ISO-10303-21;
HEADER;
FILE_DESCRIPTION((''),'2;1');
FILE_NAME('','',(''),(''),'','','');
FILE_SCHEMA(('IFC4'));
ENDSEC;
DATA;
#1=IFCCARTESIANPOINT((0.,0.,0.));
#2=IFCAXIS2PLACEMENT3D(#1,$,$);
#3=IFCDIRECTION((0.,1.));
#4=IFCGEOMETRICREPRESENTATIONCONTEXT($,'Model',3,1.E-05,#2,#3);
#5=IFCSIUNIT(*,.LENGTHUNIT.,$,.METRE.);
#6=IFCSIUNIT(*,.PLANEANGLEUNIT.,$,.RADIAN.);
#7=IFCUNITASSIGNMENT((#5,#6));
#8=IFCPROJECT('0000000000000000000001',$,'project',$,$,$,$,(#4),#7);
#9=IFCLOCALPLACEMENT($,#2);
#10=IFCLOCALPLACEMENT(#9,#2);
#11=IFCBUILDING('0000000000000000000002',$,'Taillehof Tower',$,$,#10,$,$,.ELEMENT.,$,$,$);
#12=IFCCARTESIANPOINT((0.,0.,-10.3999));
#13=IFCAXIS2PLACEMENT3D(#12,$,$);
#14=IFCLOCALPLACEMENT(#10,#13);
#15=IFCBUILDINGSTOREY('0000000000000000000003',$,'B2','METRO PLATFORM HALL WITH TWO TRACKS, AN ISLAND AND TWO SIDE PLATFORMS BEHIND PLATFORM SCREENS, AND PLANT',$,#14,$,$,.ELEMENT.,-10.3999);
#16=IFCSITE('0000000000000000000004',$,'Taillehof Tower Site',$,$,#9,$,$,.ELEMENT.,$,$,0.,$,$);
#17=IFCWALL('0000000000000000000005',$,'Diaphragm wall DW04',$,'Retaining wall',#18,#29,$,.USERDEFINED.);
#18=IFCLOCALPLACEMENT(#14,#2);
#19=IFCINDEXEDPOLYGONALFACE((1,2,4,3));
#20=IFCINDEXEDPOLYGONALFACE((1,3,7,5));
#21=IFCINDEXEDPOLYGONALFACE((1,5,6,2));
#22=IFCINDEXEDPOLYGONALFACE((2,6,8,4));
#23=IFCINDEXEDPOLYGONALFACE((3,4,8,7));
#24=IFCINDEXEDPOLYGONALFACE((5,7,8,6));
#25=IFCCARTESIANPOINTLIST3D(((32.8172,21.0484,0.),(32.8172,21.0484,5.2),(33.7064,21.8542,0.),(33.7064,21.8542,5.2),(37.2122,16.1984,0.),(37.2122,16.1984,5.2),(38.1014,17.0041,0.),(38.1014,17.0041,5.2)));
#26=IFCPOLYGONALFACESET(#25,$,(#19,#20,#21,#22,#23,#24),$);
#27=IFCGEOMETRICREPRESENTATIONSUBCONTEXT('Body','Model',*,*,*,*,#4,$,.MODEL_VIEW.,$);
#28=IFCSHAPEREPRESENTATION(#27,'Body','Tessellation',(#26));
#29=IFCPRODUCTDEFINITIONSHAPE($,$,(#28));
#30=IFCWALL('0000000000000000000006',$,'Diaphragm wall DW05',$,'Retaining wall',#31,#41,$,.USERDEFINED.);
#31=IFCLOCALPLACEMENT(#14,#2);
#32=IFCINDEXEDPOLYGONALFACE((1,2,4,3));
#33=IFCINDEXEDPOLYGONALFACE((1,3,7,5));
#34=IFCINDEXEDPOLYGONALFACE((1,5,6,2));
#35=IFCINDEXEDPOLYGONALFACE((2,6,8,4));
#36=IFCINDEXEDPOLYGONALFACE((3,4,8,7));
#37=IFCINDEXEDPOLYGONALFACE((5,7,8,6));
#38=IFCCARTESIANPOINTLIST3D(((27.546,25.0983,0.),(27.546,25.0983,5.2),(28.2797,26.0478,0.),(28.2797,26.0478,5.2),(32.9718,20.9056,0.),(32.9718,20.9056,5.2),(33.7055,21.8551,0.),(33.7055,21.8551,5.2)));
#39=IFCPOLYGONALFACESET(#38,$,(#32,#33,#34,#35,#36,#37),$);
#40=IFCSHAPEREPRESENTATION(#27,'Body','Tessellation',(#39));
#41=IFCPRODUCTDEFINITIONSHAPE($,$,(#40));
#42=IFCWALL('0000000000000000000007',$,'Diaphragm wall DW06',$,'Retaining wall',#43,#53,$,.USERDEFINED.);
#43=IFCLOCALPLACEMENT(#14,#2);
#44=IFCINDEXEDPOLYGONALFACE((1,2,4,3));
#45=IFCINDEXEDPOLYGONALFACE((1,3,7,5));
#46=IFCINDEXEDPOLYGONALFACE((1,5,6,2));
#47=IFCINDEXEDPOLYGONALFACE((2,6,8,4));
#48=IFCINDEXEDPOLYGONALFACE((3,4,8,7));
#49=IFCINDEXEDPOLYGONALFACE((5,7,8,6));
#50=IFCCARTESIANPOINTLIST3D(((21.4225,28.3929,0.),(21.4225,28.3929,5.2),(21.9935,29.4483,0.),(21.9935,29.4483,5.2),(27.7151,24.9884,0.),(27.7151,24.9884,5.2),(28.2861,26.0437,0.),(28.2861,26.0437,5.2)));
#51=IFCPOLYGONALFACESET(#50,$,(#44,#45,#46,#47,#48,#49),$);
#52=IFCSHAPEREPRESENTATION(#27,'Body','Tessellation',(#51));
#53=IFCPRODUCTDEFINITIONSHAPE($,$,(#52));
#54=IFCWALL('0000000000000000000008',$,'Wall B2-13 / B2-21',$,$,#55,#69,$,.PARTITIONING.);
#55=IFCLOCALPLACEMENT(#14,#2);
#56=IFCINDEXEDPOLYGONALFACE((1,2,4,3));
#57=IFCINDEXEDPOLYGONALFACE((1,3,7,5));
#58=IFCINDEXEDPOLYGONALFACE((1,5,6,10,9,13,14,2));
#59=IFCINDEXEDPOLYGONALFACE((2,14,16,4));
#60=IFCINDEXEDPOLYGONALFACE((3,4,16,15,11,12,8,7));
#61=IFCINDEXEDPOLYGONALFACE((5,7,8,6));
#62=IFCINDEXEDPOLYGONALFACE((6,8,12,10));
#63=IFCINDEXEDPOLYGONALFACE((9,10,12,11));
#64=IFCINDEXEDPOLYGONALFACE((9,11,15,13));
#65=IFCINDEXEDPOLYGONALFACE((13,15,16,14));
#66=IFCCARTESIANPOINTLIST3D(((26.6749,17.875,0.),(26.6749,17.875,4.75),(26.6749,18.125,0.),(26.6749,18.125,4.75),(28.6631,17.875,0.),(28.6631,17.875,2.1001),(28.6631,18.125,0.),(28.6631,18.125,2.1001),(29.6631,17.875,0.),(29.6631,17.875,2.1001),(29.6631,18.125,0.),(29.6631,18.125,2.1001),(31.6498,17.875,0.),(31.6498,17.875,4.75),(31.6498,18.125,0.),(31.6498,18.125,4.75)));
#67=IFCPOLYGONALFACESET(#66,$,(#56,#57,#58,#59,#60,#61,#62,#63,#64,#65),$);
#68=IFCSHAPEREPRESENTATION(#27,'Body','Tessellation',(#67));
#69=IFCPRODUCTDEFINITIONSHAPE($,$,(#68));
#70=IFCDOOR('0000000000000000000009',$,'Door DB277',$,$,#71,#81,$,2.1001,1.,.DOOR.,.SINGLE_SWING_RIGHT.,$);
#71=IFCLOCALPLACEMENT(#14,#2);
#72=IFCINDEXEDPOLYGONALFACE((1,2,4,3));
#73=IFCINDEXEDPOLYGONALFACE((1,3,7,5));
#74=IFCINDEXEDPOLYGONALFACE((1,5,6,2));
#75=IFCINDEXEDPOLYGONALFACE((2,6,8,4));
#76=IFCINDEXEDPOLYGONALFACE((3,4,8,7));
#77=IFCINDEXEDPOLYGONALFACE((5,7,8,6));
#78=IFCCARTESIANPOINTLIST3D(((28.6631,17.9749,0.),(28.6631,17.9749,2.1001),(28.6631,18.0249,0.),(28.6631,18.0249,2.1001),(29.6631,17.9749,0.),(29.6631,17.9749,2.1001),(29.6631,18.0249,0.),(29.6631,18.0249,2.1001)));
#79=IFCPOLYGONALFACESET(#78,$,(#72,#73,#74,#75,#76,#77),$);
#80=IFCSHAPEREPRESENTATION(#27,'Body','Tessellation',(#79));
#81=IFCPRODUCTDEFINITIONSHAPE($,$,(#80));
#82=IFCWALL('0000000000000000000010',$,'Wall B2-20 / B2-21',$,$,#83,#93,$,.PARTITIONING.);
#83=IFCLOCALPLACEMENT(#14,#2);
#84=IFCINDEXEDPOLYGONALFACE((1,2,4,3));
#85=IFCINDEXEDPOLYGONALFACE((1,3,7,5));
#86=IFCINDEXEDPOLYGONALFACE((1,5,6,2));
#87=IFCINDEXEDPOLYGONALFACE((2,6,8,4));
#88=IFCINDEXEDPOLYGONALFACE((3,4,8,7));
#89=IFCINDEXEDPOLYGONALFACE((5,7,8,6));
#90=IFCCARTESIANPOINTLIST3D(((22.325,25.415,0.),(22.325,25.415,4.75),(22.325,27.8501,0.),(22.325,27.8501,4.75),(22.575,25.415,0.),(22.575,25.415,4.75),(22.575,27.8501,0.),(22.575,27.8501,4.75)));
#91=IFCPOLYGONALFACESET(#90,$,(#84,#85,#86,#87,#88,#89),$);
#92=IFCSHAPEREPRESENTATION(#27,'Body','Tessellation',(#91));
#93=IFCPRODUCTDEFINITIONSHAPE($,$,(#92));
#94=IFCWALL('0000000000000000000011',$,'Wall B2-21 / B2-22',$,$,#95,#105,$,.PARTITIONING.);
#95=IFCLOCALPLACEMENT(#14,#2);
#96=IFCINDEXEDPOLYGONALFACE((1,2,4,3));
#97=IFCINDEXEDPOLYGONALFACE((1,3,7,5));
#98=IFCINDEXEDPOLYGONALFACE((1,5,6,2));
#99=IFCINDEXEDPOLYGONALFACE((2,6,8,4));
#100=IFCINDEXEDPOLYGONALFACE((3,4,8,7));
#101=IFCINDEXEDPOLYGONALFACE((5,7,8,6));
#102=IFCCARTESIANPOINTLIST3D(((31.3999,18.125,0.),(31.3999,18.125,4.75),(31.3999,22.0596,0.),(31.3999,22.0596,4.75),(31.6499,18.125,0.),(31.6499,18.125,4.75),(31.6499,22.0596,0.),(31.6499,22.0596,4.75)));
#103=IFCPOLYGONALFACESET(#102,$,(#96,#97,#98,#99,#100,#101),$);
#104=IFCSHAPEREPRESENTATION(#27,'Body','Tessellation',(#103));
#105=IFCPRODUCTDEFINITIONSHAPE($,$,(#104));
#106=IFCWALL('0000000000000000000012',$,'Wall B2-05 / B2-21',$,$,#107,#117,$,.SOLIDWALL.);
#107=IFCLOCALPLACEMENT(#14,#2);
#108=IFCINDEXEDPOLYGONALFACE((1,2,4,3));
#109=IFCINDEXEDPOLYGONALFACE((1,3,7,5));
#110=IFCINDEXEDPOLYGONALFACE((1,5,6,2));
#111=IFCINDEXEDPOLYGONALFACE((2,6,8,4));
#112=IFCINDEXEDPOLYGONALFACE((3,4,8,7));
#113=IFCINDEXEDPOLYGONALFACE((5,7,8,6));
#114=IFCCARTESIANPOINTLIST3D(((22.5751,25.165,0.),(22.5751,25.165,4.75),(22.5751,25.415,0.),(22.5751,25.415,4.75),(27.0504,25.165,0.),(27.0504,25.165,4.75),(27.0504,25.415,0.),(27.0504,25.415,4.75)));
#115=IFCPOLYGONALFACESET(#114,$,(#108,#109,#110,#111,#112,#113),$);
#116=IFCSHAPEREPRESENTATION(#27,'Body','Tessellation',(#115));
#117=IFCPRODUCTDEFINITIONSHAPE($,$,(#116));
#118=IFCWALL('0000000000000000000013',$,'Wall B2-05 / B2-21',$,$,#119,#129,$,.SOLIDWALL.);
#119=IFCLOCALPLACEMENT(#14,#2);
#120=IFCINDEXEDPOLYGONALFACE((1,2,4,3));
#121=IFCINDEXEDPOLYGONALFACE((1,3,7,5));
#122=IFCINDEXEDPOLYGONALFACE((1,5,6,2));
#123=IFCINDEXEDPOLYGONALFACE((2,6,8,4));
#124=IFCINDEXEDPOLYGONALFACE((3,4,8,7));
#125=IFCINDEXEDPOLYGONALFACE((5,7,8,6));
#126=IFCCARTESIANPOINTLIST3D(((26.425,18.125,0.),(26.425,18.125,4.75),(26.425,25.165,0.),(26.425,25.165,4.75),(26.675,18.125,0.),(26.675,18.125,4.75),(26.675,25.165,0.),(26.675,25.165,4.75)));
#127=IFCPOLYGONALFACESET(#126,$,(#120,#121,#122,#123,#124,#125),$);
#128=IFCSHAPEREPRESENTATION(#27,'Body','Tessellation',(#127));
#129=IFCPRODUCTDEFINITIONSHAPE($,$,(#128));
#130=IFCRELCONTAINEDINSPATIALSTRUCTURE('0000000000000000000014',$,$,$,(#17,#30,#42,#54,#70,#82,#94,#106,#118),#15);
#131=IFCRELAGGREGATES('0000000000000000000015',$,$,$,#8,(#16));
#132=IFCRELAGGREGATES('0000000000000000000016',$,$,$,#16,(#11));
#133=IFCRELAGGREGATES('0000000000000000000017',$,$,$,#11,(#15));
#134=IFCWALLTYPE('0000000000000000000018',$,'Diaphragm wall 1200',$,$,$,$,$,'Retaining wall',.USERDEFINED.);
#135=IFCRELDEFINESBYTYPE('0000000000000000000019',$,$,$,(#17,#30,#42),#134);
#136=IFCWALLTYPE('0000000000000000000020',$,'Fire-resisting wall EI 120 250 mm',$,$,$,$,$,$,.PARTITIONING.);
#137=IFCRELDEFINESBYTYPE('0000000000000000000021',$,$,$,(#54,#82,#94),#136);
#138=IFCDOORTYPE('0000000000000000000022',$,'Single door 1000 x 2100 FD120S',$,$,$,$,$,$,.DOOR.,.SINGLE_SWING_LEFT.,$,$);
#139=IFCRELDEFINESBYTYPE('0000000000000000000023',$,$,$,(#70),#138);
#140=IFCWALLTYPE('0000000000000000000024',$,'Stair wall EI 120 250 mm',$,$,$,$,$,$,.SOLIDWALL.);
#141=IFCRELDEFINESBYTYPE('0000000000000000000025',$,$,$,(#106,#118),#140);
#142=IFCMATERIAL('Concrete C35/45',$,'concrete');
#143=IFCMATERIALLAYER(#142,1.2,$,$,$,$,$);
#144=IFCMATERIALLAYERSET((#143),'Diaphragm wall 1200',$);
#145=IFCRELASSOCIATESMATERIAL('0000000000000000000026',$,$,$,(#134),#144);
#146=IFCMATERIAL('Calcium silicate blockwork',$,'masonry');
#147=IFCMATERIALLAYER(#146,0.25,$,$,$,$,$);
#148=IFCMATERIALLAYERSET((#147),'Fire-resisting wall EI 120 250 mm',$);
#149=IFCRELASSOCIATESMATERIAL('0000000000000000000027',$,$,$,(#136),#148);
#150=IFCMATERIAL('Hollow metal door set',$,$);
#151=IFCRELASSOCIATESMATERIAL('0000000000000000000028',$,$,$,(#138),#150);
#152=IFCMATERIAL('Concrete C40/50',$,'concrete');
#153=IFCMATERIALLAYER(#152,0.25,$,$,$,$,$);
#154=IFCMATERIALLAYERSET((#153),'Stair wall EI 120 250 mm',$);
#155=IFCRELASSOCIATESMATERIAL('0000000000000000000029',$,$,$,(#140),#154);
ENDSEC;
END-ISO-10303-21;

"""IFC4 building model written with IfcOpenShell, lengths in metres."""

from ifc_helpers import new_model, si_unit, direction, frame, frame_2d, origin, place, context, subcontext, project, spatial, rectangle, extrude, material, layer, layer_set, type_object, element, fill, save


model = new_model("IFC4")

# Units and contexts
model_context = context("Model", 3, precision=1e-05, world=origin(), true_north=direction((0.0, 1.0)))
body_context = subcontext(model_context, "Body", "Model", "MODEL_VIEW")
ifc_project = project(units=[si_unit("LENGTHUNIT", "METRE"), si_unit("PLANEANGLEUNIT", "RADIAN")], contexts=[model_context])

# Site, building, storey
site_placement = place(None, origin())
site = spatial("IfcSite", under=ifc_project, at=site_placement, Name="Taillehof Tower Site", CompositionType="ELEMENT", RefElevation=0.0)
building_placement = place(site_placement, origin())
building = spatial("IfcBuilding", under=site, at=building_placement, Name="Taillehof Tower", CompositionType="ELEMENT")
storey_placement = place(building_placement, frame((0.0, 0.0, -10.3999)))
storey = spatial("IfcBuildingStorey", under=building, at=storey_placement, Name="B2", Description="METRO PLATFORM HALL WITH TWO TRACKS, AN ISLAND AND TWO SIDE PLATFORMS BEHIND PLATFORM SCREENS, AND PLANT", CompositionType="ELEMENT", Elevation=-10.3999)

# Walls
ifc_material_1 = material(Name="Concrete C35/45", Category="concrete")
ifc_layer_1 = layer(ifc_material_1, 1.2)
ifc_layer_set_1 = layer_set([ifc_layer_1], Name="Diaphragm wall 1200")
wall_type_1 = type_object("IfcWallType", Name="Diaphragm wall 1200", ElementType="Retaining wall", PredefinedType="USERDEFINED", material=ifc_layer_set_1)
wall_1_placement = place(storey_placement, frame((37.6567, 16.6013, 0.0), z_axis=(0.0, 0.0, 1.0), x_axis=(-0.671487, 0.741016, 0.0)))
element("IfcWall", 1, at=wall_1_placement, inside=storey, type_object=wall_type_1, Name="Diaphragm wall DW04", ObjectType="Retaining wall", PredefinedType="USERDEFINED", context=body_context, shape_type="SweptSolid", body=[
    extrude(rectangle(XDim=6.5452, YDim=1.2, at=frame_2d((3.2725, 0.0))), origin(), (0.0, 0.0, 1.0), 5.2),
])
wall_2_placement = place(storey_placement, frame((33.3386, 21.3804, 0.0), z_axis=(0.0, 0.0, 1.0), x_axis=(-0.791287, 0.611445, 0.0)))
element("IfcWall", 2, at=wall_2_placement, inside=storey, type_object=wall_type_1, Name="Diaphragm wall DW05", ObjectType="Retaining wall", PredefinedType="USERDEFINED", context=body_context, shape_type="SweptSolid", body=[
    extrude(rectangle(XDim=6.8569, YDim=1.2, at=frame_2d((3.4285, 0.0))), origin(), (0.0, 0.0, 1.0), 5.2),
])
wall_3_placement = place(storey_placement, frame((28.0005, 25.5161, 0.0), z_axis=(0.0, 0.0, 1.0), x_axis=(-0.879519, 0.475863, 0.0)))
element("IfcWall", 3, at=wall_3_placement, inside=storey, type_object=wall_type_1, Name="Diaphragm wall DW06", ObjectType="Retaining wall", PredefinedType="USERDEFINED", context=body_context, shape_type="SweptSolid", body=[
    extrude(rectangle(XDim=7.1545, YDim=1.2, at=frame_2d((3.5771, 0.0))), origin(), (0.0, 0.0, 1.0), 5.2),
])

# Wall, opening, door
ifc_material_2 = material(Name="Calcium silicate blockwork", Category="masonry")
ifc_layer_2 = layer(ifc_material_2, 0.25)
ifc_layer_set_2 = layer_set([ifc_layer_2], Name="Fire-resisting wall EI 120 250 mm")
wall_type_2 = type_object("IfcWallType", Name="Fire-resisting wall EI 120 250 mm", PredefinedType="PARTITIONING", material=ifc_layer_set_2)
wall_4_placement = place(storey_placement, frame((26.675, 18.0, 0.0), z_axis=(0.0, 0.0, 1.0), x_axis=(1.0, 0.0, 0.0)))
wall_4 = element("IfcWall", 4, at=wall_4_placement, inside=storey, type_object=wall_type_2, Name="Wall B2-13 / B2-21", PredefinedType="PARTITIONING", context=body_context, shape_type="SweptSolid", body=[
    extrude(rectangle(XDim=4.9749, YDim=0.25, at=frame_2d((2.4873, 0.0))), origin(), (0.0, 0.0, 1.0), 4.75),
])
opening_placement = place(wall_4_placement, frame((1.988, 0.0, 0.0)))
opening = element("IfcOpeningElement", 5, at=opening_placement, cuts=wall_4, PredefinedType="OPENING", context=body_context, shape_type="SweptSolid", body=[
    extrude(rectangle(XDim=1.0, YDim=2.1001, at=frame_2d((0.5, 1.05))), frame((0.0, 0.135, 0.0), z_axis=(0.0, -1.0, 0.0), x_axis=(1.0, 0.0, 0.0)), (0.0, 0.0, 1.0), 0.27),
])
ifc_material_3 = material(Name="Hollow metal door set")
door_type = type_object("IfcDoorType", Name="Single door 1000 x 2100 FD120S", OperationType="SINGLE_SWING_LEFT", PredefinedType="DOOR", material=ifc_material_3)
door_placement = place(opening_placement, origin())
door = element("IfcDoor", 6, at=door_placement, inside=storey, type_object=door_type, Name="Door DB277", OperationType="SINGLE_SWING_RIGHT", OverallHeight=2.1001, OverallWidth=1.0, PredefinedType="DOOR", context=body_context, shape_type="SweptSolid", body=[
    extrude(rectangle(XDim=1.0, YDim=2.1001, at=frame_2d((0.5, 1.05))), frame((0.0, 0.0249, 0.0), z_axis=(0.0, -1.0, 0.0), x_axis=(1.0, 0.0, 0.0)), (0.0, 0.0, 1.0), 0.05),
])
fill(opening, door)

# Walls
wall_5_placement = place(storey_placement, frame((22.45, 25.415, 0.0), z_axis=(0.0, 0.0, 1.0), x_axis=(0.0, 1.0, 0.0)))
element("IfcWall", 7, at=wall_5_placement, inside=storey, type_object=wall_type_2, Name="Wall B2-20 / B2-21", PredefinedType="PARTITIONING", context=body_context, shape_type="SweptSolid", body=[
    extrude(rectangle(XDim=2.4351, YDim=0.25, at=frame_2d((1.2175, 0.0))), origin(), (0.0, 0.0, 1.0), 4.75),
])
wall_6_placement = place(storey_placement, frame((31.5249, 18.125, 0.0), z_axis=(0.0, 0.0, 1.0), x_axis=(0.0, 1.0, 0.0)))
element("IfcWall", 8, at=wall_6_placement, inside=storey, type_object=wall_type_2, Name="Wall B2-21 / B2-22", PredefinedType="PARTITIONING", context=body_context, shape_type="SweptSolid", body=[
    extrude(rectangle(XDim=3.9346, YDim=0.25, at=frame_2d((1.9673, 0.0))), origin(), (0.0, 0.0, 1.0), 4.75),
])
ifc_material_4 = material(Name="Concrete C40/50", Category="concrete")
ifc_layer_3 = layer(ifc_material_4, 0.25)
ifc_layer_set_3 = layer_set([ifc_layer_3], Name="Stair wall EI 120 250 mm")
wall_type_3 = type_object("IfcWallType", Name="Stair wall EI 120 250 mm", PredefinedType="SOLIDWALL", material=ifc_layer_set_3)
wall_7_placement = place(storey_placement, frame((22.575, 25.29, 0.0), z_axis=(0.0, 0.0, 1.0), x_axis=(1.0, 0.0, 0.0)))
element("IfcWall", 9, at=wall_7_placement, inside=storey, type_object=wall_type_3, Name="Wall B2-05 / B2-21", PredefinedType="SOLIDWALL", context=body_context, shape_type="SweptSolid", body=[
    extrude(rectangle(XDim=4.4753, YDim=0.25, at=frame_2d((2.2378, 0.0))), origin(), (0.0, 0.0, 1.0), 4.75),
])
wall_8_placement = place(storey_placement, frame((26.55, 18.125, 0.0), z_axis=(0.0, 0.0, 1.0), x_axis=(0.0, 1.0, 0.0)))
element("IfcWall", 10, at=wall_8_placement, inside=storey, type_object=wall_type_3, Name="Wall B2-05 / B2-21", PredefinedType="SOLIDWALL", context=body_context, shape_type="SweptSolid", body=[
    extrude(rectangle(XDim=7.04, YDim=0.25, at=frame_2d((3.52, 0.0))), origin(), (0.0, 0.0, 1.0), 4.75),
])

save(model, "model.ifc")
